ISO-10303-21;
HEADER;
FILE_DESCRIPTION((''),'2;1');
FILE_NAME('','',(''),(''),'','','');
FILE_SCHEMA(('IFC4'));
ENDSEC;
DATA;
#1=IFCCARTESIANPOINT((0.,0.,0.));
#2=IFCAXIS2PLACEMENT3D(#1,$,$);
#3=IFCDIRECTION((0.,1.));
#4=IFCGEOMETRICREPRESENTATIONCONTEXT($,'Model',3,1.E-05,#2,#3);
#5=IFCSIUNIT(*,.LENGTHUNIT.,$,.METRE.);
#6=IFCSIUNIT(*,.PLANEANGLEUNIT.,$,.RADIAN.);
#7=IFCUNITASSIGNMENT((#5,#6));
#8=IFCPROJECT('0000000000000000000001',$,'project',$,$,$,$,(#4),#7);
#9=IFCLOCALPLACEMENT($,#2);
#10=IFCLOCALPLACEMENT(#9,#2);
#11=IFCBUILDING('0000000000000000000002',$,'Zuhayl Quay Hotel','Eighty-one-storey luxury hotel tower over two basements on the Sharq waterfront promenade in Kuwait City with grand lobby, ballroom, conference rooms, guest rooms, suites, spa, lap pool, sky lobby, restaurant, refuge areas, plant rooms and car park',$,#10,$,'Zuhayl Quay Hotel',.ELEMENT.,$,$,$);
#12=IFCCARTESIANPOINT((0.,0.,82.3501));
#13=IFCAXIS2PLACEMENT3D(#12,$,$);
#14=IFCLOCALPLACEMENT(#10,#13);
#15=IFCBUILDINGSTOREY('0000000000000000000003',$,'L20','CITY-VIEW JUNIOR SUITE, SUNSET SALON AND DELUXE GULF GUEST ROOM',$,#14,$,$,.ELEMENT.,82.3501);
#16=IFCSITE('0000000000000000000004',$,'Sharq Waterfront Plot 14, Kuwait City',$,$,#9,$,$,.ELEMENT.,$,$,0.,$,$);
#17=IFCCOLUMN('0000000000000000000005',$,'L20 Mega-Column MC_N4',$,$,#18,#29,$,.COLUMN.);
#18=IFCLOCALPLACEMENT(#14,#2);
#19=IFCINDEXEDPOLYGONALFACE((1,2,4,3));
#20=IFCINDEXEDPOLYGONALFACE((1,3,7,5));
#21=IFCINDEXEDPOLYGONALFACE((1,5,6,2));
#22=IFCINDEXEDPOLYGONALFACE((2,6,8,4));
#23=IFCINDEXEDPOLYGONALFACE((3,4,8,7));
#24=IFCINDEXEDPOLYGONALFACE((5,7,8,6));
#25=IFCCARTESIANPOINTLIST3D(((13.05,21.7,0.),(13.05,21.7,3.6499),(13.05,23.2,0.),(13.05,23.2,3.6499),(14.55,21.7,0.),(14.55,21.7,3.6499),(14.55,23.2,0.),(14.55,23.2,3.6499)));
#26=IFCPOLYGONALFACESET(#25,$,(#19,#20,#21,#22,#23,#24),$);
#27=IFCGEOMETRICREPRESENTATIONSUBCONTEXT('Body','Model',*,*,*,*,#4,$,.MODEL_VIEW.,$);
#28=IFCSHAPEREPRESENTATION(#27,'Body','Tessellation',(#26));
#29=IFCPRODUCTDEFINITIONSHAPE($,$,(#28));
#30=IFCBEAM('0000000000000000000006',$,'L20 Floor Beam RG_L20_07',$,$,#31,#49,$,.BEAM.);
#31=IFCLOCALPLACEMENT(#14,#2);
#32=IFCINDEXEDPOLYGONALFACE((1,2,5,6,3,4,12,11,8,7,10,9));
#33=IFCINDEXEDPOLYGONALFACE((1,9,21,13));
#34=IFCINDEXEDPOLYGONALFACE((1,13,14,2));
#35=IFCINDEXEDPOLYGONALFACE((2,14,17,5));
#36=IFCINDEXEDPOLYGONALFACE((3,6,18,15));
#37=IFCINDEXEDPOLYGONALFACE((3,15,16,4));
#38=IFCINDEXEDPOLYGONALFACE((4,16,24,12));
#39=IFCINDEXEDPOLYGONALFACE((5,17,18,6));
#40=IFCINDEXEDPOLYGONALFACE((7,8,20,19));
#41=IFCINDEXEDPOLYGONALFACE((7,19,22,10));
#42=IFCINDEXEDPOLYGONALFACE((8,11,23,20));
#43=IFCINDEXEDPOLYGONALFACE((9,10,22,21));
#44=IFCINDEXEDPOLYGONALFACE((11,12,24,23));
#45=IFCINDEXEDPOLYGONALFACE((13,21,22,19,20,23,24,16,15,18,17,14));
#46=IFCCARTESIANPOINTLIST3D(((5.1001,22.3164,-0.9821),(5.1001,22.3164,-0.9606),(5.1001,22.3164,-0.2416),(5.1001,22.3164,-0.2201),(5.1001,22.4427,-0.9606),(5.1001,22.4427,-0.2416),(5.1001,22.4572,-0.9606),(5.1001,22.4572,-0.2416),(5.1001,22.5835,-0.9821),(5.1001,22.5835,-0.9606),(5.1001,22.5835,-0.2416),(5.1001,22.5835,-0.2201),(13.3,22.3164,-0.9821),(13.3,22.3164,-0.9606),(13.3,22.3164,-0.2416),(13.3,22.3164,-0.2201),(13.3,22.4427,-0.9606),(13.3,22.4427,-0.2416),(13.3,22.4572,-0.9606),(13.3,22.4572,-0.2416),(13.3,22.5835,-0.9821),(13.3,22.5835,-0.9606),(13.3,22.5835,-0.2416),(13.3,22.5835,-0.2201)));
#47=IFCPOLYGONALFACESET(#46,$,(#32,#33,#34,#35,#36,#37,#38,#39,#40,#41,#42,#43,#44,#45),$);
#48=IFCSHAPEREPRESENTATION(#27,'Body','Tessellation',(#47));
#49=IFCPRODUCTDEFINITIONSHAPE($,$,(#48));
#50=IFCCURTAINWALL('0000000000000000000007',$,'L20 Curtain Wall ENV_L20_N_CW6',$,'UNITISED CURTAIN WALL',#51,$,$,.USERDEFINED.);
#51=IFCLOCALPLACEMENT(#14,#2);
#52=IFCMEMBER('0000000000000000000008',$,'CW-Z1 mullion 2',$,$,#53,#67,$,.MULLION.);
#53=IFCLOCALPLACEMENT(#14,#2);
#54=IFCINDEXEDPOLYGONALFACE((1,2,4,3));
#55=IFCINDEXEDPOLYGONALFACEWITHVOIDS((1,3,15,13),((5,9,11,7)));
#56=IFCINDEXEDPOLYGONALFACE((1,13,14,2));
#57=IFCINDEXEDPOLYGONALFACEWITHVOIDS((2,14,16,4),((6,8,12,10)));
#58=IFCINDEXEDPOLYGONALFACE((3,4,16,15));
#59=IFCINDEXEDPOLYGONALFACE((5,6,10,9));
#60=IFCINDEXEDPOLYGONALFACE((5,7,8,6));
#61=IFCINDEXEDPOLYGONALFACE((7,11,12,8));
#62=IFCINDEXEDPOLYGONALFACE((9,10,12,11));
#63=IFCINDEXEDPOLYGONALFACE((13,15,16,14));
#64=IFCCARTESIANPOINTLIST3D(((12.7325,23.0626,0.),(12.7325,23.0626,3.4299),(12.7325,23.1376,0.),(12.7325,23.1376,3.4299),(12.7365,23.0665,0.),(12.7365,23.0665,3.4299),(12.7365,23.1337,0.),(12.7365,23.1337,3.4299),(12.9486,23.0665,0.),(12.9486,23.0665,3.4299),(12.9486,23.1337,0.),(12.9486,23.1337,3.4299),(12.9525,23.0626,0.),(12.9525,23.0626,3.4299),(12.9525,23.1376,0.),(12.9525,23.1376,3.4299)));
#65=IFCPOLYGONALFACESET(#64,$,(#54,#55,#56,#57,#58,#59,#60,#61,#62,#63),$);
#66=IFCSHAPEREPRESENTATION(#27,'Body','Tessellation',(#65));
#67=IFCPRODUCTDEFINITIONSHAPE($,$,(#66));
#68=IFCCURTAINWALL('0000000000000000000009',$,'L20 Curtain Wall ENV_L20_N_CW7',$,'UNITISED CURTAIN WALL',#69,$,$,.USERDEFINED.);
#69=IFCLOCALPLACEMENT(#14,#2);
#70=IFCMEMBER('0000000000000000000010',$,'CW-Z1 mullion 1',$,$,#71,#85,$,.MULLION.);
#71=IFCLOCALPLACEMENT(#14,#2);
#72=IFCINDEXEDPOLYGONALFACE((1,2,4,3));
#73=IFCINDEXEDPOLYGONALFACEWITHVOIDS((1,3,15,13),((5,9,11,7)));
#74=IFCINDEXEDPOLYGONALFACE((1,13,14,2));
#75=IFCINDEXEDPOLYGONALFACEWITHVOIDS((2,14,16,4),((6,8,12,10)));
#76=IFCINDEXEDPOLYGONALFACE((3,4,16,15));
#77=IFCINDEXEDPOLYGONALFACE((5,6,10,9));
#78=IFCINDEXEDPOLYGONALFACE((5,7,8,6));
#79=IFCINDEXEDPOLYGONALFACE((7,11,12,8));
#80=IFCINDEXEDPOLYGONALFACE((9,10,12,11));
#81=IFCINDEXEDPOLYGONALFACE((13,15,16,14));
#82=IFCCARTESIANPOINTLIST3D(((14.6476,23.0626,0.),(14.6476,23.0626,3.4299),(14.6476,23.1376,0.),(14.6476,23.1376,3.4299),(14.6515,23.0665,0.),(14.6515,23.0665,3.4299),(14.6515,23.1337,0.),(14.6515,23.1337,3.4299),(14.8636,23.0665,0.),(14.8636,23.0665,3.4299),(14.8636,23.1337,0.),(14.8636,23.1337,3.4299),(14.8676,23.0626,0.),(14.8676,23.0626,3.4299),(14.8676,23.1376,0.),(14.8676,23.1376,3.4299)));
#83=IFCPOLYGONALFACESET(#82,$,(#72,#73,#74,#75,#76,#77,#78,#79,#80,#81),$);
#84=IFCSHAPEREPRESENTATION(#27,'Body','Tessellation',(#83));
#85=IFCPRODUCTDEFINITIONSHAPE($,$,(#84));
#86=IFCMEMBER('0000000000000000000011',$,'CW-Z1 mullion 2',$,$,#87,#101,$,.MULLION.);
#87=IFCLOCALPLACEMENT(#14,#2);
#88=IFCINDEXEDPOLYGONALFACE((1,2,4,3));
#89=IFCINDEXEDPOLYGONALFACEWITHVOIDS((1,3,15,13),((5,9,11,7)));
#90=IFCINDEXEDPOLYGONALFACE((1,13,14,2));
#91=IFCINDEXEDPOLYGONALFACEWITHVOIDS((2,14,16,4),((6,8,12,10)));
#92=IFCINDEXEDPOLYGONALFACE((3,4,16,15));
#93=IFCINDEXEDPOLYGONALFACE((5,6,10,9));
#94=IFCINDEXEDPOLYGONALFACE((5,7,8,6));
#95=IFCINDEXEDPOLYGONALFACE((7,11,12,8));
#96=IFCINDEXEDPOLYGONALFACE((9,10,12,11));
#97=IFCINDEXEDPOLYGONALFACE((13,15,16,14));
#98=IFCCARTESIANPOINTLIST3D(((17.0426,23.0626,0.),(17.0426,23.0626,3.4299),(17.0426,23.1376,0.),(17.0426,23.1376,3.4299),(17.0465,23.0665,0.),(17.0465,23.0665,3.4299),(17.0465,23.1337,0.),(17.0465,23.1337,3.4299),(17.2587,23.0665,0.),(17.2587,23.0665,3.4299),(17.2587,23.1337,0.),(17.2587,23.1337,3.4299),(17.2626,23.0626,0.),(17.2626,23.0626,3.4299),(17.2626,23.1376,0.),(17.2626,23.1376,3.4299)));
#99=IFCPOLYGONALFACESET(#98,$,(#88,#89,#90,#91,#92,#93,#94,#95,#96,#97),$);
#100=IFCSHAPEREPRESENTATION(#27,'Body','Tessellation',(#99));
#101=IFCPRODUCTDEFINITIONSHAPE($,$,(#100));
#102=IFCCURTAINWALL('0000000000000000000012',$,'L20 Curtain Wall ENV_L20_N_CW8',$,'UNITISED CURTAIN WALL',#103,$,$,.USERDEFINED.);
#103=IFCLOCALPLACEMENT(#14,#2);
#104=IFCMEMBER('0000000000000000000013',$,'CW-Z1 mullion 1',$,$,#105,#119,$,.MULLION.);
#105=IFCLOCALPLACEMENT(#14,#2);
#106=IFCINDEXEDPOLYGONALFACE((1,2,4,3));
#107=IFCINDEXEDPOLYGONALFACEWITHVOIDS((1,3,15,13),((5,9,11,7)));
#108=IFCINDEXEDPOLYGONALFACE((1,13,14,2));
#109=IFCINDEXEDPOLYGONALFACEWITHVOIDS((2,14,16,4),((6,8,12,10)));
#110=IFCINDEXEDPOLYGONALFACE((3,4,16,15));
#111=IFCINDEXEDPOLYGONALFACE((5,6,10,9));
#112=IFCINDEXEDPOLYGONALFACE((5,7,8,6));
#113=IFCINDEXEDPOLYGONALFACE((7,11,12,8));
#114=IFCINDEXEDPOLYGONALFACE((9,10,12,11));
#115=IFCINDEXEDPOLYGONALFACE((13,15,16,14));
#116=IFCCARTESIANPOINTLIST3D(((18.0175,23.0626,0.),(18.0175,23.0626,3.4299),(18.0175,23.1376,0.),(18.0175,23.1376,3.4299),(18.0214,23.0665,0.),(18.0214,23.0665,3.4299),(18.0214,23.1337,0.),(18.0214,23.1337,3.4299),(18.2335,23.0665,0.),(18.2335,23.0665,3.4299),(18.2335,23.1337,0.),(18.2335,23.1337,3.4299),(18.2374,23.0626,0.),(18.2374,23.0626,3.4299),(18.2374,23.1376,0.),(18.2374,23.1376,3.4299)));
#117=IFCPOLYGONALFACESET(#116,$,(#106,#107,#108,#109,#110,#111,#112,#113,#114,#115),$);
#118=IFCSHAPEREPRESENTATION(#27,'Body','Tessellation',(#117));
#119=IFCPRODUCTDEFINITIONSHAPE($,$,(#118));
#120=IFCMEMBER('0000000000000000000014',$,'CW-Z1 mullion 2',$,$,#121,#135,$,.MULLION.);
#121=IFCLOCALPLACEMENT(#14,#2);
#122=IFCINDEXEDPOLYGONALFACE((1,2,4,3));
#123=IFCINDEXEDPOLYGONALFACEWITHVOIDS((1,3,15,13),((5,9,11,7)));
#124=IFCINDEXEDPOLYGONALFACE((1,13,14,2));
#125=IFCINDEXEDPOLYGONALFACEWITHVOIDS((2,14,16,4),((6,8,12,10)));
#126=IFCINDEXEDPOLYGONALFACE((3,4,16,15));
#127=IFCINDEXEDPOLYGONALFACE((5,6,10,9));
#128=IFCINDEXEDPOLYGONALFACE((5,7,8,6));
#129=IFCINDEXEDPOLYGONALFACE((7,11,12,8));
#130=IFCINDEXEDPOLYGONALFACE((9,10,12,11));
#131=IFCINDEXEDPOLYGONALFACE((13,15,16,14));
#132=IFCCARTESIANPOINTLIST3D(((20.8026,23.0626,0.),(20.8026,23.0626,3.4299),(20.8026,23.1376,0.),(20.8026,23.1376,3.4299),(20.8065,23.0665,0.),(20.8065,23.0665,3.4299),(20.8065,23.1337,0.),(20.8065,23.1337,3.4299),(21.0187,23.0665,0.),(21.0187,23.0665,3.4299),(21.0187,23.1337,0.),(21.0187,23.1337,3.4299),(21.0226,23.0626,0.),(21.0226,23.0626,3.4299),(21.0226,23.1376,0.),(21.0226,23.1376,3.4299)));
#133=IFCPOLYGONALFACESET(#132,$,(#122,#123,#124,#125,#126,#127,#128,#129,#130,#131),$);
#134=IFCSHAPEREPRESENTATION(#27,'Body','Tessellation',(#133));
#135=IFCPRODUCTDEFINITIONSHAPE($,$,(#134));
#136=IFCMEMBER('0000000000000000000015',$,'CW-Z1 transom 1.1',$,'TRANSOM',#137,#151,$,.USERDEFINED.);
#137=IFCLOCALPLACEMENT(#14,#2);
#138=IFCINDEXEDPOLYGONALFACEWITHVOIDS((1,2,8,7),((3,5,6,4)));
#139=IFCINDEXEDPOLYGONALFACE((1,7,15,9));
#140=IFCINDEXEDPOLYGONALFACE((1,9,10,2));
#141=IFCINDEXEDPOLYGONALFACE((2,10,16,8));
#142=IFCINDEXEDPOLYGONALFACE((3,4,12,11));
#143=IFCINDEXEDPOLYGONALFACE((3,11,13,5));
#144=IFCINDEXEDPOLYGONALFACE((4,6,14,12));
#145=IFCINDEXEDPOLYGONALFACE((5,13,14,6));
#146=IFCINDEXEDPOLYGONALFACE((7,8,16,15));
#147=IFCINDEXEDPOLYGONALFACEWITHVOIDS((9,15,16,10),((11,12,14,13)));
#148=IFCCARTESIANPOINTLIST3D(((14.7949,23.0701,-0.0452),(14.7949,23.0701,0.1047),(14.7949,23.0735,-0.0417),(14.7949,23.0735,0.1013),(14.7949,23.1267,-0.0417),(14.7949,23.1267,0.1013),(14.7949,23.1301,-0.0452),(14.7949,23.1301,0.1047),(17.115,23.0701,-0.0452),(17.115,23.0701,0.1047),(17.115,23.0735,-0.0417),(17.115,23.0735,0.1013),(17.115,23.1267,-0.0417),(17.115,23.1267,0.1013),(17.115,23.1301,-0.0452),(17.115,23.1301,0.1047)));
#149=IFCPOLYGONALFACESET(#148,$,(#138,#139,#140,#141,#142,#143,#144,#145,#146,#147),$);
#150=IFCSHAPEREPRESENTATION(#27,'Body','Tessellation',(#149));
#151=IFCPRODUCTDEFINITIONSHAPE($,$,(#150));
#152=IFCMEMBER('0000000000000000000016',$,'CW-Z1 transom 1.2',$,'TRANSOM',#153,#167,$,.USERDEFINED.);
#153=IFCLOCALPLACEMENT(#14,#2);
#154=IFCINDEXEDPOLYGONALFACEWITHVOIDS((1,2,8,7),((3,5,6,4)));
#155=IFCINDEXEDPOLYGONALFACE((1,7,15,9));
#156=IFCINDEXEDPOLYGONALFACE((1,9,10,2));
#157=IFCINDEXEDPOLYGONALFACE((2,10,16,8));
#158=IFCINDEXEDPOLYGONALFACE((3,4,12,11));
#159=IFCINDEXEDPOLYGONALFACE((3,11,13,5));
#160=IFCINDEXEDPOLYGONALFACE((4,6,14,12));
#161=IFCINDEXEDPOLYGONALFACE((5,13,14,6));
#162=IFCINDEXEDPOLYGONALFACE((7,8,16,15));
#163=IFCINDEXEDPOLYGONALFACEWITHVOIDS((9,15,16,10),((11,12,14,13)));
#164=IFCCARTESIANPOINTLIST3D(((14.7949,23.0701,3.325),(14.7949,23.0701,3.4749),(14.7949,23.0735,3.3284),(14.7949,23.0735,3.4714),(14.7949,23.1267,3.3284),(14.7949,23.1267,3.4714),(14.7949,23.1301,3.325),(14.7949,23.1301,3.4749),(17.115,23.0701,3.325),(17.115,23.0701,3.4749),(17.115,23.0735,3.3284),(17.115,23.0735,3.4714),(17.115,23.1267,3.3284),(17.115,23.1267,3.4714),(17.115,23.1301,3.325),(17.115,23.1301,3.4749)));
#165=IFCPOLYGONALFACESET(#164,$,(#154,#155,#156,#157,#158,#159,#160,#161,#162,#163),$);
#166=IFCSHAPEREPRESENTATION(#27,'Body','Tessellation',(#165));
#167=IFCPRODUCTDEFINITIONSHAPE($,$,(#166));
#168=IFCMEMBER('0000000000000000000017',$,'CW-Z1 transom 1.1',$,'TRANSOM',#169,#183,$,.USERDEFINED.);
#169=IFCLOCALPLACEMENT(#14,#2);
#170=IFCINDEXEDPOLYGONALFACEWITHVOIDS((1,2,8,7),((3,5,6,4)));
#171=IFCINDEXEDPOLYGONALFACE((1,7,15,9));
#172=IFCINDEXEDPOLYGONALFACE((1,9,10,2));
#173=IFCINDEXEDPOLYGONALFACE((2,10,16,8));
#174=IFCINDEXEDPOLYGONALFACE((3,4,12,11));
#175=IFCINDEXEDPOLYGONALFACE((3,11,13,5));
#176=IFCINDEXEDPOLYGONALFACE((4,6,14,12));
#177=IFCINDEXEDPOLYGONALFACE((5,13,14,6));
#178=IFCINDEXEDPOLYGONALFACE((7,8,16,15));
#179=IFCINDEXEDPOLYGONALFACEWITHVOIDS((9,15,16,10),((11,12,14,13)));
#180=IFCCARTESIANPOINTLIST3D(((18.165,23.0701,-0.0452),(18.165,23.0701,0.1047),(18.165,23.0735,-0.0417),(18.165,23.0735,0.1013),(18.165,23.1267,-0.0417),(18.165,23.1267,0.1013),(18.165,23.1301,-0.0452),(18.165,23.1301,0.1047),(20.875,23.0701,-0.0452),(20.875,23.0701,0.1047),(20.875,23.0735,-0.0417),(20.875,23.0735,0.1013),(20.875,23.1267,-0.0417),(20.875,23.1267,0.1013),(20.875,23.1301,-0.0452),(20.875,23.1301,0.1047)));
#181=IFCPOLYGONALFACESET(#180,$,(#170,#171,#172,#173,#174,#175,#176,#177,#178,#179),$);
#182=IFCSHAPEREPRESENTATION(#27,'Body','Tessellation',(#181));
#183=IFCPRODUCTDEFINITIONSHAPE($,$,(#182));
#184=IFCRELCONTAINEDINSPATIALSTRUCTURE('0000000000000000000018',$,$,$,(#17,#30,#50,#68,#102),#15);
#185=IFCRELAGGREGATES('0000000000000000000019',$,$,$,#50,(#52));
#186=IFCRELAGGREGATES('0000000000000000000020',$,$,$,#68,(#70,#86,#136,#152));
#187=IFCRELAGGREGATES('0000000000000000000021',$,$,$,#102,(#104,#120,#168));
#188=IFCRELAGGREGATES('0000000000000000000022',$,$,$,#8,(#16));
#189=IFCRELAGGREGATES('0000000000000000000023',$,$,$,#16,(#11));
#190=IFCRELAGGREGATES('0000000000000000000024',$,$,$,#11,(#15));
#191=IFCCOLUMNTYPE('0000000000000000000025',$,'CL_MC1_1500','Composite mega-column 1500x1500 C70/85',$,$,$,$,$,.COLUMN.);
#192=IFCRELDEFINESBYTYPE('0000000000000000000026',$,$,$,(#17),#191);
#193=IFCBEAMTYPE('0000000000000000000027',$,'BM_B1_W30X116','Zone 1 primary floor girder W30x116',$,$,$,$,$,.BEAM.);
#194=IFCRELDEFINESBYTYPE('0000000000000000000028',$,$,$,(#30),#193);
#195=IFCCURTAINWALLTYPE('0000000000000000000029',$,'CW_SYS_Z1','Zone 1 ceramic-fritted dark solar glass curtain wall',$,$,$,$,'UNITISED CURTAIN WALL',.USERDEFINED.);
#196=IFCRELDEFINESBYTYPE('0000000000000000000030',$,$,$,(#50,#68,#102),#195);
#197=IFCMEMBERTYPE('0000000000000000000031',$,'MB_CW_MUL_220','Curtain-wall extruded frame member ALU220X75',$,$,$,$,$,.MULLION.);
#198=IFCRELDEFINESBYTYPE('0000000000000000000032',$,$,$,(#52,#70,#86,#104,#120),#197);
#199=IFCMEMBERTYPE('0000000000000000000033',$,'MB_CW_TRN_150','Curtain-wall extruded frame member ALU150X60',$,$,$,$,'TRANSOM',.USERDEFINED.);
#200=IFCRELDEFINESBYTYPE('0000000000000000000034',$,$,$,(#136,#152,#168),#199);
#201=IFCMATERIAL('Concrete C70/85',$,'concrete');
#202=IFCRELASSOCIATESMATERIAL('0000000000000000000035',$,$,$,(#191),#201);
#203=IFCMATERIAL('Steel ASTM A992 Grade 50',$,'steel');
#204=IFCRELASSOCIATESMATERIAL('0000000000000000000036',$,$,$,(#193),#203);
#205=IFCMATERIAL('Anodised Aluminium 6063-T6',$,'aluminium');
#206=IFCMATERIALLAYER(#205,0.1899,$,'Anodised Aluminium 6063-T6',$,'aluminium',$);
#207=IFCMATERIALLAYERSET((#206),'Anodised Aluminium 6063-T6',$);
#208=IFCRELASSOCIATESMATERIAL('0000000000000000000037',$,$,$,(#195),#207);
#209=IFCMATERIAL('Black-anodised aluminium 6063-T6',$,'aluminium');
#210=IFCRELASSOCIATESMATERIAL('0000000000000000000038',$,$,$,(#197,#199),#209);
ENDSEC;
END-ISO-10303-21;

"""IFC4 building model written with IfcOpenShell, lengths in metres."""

from ifc_helpers import new_model, si_unit, direction, frame, origin, origin_2d, place, context, subcontext, project, spatial, rectangle, hollow_rectangle, i_section, extrude, material, layer, layer_set, material_profile, profile_set, type_object, element, aggregate, save


model = new_model("IFC4")

# Units and contexts
model_context = context("Model", 3, precision=1e-05, world=origin(), true_north=direction((0.0, 1.0)))
body_context = subcontext(model_context, "Body", "Model", "MODEL_VIEW")
ifc_project = project(units=[si_unit("LENGTHUNIT", "METRE"), si_unit("PLANEANGLEUNIT", "RADIAN")], contexts=[model_context])

# Site, building, storey
site_placement = place(None, origin())
site = spatial("IfcSite", under=ifc_project, at=site_placement, Name="Sharq Waterfront Plot 14, Kuwait City", CompositionType="ELEMENT", RefElevation=0.0)
building_placement = place(site_placement, origin())
building = spatial("IfcBuilding", under=site, at=building_placement, Name="Zuhayl Quay Hotel", Description="Eighty-one-storey luxury hotel tower over two basements on the Sharq waterfront promenade in Kuwait City with grand lobby, ballroom, conference rooms, guest rooms, suites, spa, lap pool, sky lobby, restaurant, refuge areas, plant rooms and car park", LongName="Zuhayl Quay Hotel", CompositionType="ELEMENT")
storey_placement = place(building_placement, frame((0.0, 0.0, 82.3501)))
storey = spatial("IfcBuildingStorey", under=building, at=storey_placement, Name="L20", Description="CITY-VIEW JUNIOR SUITE, SUNSET SALON AND DELUXE GULF GUEST ROOM", CompositionType="ELEMENT", Elevation=82.3501)

# Column
ifc_material_1 = material(Name="Concrete C70/85", Category="concrete")
ifc_material_profile_1 = material_profile(ifc_material_1, rectangle(XDim=1.5, YDim=1.5, at=origin_2d()), Name="RC1500X1500")
ifc_profile_set_1 = profile_set([ifc_material_profile_1], Name="Concrete C70/85")
column_type = type_object("IfcColumnType", Name="CL_MC1_1500", Description="Composite mega-column 1500x1500 C70/85", PredefinedType="COLUMN", material=ifc_profile_set_1)
column_placement = place(storey_placement, frame((13.8, 22.45, 0.0), z_axis=(0.0, 0.0, 1.0), x_axis=(1.0, 0.0, 0.0)))
element("IfcColumn", 1, at=column_placement, inside=storey, type_object=column_type, Name="L20 Mega-Column MC_N4", PredefinedType="COLUMN", context=body_context, shape_type="SweptSolid", body=[
    extrude(rectangle(XDim=1.5, YDim=1.5, at=origin_2d()), origin(), (0.0, 0.0, 1.0), 3.6499),
])

# Beam
ifc_material_2 = material(Name="Steel ASTM A992 Grade 50", Category="steel")
ifc_material_profile_2 = material_profile(ifc_material_2, i_section(OverallWidth=0.2671, OverallDepth=0.762, WebThickness=0.0144, FlangeThickness=0.0215, at=origin_2d()), Name="W30X116")
ifc_profile_set_2 = profile_set([ifc_material_profile_2], Name="Steel ASTM A992 Grade 50")
beam_type = type_object("IfcBeamType", Name="BM_B1_W30X116", Description="Zone 1 primary floor girder W30x116", PredefinedType="BEAM", material=ifc_profile_set_2)
beam_placement = place(storey_placement, frame((13.3, 22.45, -0.6011), z_axis=(-1.0, 0.0, 0.0), x_axis=(0.0, -1.0, 0.0)))
element("IfcBeam", 2, at=beam_placement, inside=storey, type_object=beam_type, Name="L20 Floor Beam RG_L20_07", PredefinedType="BEAM", context=body_context, shape_type="SweptSolid", body=[
    extrude(i_section(OverallWidth=0.2671, OverallDepth=0.762, WebThickness=0.0144, FlangeThickness=0.0215, at=origin_2d()), origin(), (0.0, 0.0, 1.0), 8.2),
])

# Curtain wall, member
ifc_material_3 = material(Name="Anodised Aluminium 6063-T6", Category="aluminium")
ifc_layer_1 = layer(ifc_material_3, 0.1899, Name="Anodised Aluminium 6063-T6", Category="aluminium")
ifc_layer_set_1 = layer_set([ifc_layer_1], Name="Anodised Aluminium 6063-T6")
curtain_wall_type = type_object("IfcCurtainWallType", Name="CW_SYS_Z1", Description="Zone 1 ceramic-fritted dark solar glass curtain wall", ElementType="UNITISED CURTAIN WALL", PredefinedType="USERDEFINED", material=ifc_layer_set_1)
curtain_wall_1_placement = place(storey_placement, origin())
curtain_wall_1 = element("IfcCurtainWall", 3, at=curtain_wall_1_placement, inside=storey, type_object=curtain_wall_type, Name="L20 Curtain Wall ENV_L20_N_CW6", ObjectType="UNITISED CURTAIN WALL", PredefinedType="USERDEFINED")
ifc_material_4 = material(Name="Black-anodised aluminium 6063-T6", Category="aluminium")
ifc_material_profile_3 = material_profile(ifc_material_4, hollow_rectangle(XDim=0.075, YDim=0.22, WallThickness=0.0039, at=origin_2d()), Name="ALU220X75")
ifc_profile_set_3 = profile_set([ifc_material_profile_3], Name="Black-anodised aluminium 6063-T6")
member_type_1 = type_object("IfcMemberType", Name="MB_CW_MUL_220", Description="Curtain-wall extruded frame member ALU220X75", PredefinedType="MULLION", material=ifc_profile_set_3)
member_1_placement = place(storey_placement, frame((12.8425, 23.1001, 0.0), z_axis=(0.0, 0.0, 1.0), x_axis=(0.0, 1.0, 0.0)))
member_1 = element("IfcMember", 4, at=member_1_placement, type_object=member_type_1, Name="CW-Z1 mullion 2", PredefinedType="MULLION", context=body_context, shape_type="SweptSolid", body=[
    extrude(hollow_rectangle(XDim=0.075, YDim=0.22, WallThickness=0.0039, at=origin_2d()), origin(), (0.0, 0.0, 1.0), 3.4299),
])

# Curtain walls, members
curtain_wall_2_placement = place(storey_placement, origin())
curtain_wall_2 = element("IfcCurtainWall", 5, at=curtain_wall_2_placement, inside=storey, type_object=curtain_wall_type, Name="L20 Curtain Wall ENV_L20_N_CW7", ObjectType="UNITISED CURTAIN WALL", PredefinedType="USERDEFINED")
member_2_placement = place(storey_placement, frame((14.7576, 23.1001, 0.0), z_axis=(0.0, 0.0, 1.0), x_axis=(0.0, 1.0, 0.0)))
member_2 = element("IfcMember", 6, at=member_2_placement, type_object=member_type_1, Name="CW-Z1 mullion 1", PredefinedType="MULLION", context=body_context, shape_type="SweptSolid", body=[
    extrude(hollow_rectangle(XDim=0.075, YDim=0.22, WallThickness=0.0039, at=origin_2d()), origin(), (0.0, 0.0, 1.0), 3.4299),
])
member_3_placement = place(storey_placement, frame((17.1526, 23.1001, 0.0), z_axis=(0.0, 0.0, 1.0), x_axis=(0.0, 1.0, 0.0)))
member_3 = element("IfcMember", 7, at=member_3_placement, type_object=member_type_1, Name="CW-Z1 mullion 2", PredefinedType="MULLION", context=body_context, shape_type="SweptSolid", body=[
    extrude(hollow_rectangle(XDim=0.075, YDim=0.22, WallThickness=0.0039, at=origin_2d()), origin(), (0.0, 0.0, 1.0), 3.4299),
])
curtain_wall_3_placement = place(storey_placement, origin())
curtain_wall_3 = element("IfcCurtainWall", 8, at=curtain_wall_3_placement, inside=storey, type_object=curtain_wall_type, Name="L20 Curtain Wall ENV_L20_N_CW8", ObjectType="UNITISED CURTAIN WALL", PredefinedType="USERDEFINED")
member_4_placement = place(storey_placement, frame((18.1274, 23.1001, 0.0), z_axis=(0.0, 0.0, 1.0), x_axis=(0.0, 1.0, 0.0)))
member_4 = element("IfcMember", 9, at=member_4_placement, type_object=member_type_1, Name="CW-Z1 mullion 1", PredefinedType="MULLION", context=body_context, shape_type="SweptSolid", body=[
    extrude(hollow_rectangle(XDim=0.075, YDim=0.22, WallThickness=0.0039, at=origin_2d()), origin(), (0.0, 0.0, 1.0), 3.4299),
])
member_5_placement = place(storey_placement, frame((20.9126, 23.1001, 0.0), z_axis=(0.0, 0.0, 1.0), x_axis=(0.0, 1.0, 0.0)))
member_5 = element("IfcMember", 10, at=member_5_placement, type_object=member_type_1, Name="CW-Z1 mullion 2", PredefinedType="MULLION", context=body_context, shape_type="SweptSolid", body=[
    extrude(hollow_rectangle(XDim=0.075, YDim=0.22, WallThickness=0.0039, at=origin_2d()), origin(), (0.0, 0.0, 1.0), 3.4299),
])

# Members
ifc_material_profile_4 = material_profile(ifc_material_4, hollow_rectangle(XDim=0.0601, YDim=0.1499, WallThickness=0.0034, at=origin_2d()), Name="ALU150X60")
ifc_profile_set_4 = profile_set([ifc_material_profile_4], Name="Black-anodised aluminium 6063-T6")
member_type_2 = type_object("IfcMemberType", Name="MB_CW_TRN_150", Description="Curtain-wall extruded frame member ALU150X60", ElementType="TRANSOM", PredefinedType="USERDEFINED", material=ifc_profile_set_4)
member_6_placement = place(storey_placement, frame((14.7949, 23.1001, 0.0298), z_axis=(1.0, 0.0, 0.0), x_axis=(0.0, 1.0, 0.0)))
member_6 = element("IfcMember", 11, at=member_6_placement, type_object=member_type_2, Name="CW-Z1 transom 1.1", ObjectType="TRANSOM", PredefinedType="USERDEFINED", context=body_context, shape_type="SweptSolid", body=[
    extrude(hollow_rectangle(XDim=0.0601, YDim=0.1499, WallThickness=0.0034, at=origin_2d()), origin(), (0.0, 0.0, 1.0), 2.3201),
])
member_7_placement = place(storey_placement, frame((14.7949, 23.1001, 3.3999), z_axis=(1.0, 0.0, 0.0), x_axis=(0.0, 1.0, 0.0)))
member_7 = element("IfcMember", 12, at=member_7_placement, type_object=member_type_2, Name="CW-Z1 transom 1.2", ObjectType="TRANSOM", PredefinedType="USERDEFINED", context=body_context, shape_type="SweptSolid", body=[
    extrude(hollow_rectangle(XDim=0.0601, YDim=0.1499, WallThickness=0.0034, at=origin_2d()), origin(), (0.0, 0.0, 1.0), 2.3201),
])
member_8_placement = place(storey_placement, frame((18.165, 23.1001, 0.0298), z_axis=(1.0, 0.0, 0.0), x_axis=(0.0, 1.0, 0.0)))
member_8 = element("IfcMember", 13, at=member_8_placement, type_object=member_type_2, Name="CW-Z1 transom 1.1", ObjectType="TRANSOM", PredefinedType="USERDEFINED", context=body_context, shape_type="SweptSolid", body=[
    extrude(hollow_rectangle(XDim=0.0601, YDim=0.1499, WallThickness=0.0034, at=origin_2d()), origin(), (0.0, 0.0, 1.0), 2.71),
])

aggregate(curtain_wall_1, [member_1])
aggregate(curtain_wall_2, [member_2, member_3, member_6, member_7])
aggregate(curtain_wall_3, [member_4, member_5, member_8])

save(model, "model.ifc")
